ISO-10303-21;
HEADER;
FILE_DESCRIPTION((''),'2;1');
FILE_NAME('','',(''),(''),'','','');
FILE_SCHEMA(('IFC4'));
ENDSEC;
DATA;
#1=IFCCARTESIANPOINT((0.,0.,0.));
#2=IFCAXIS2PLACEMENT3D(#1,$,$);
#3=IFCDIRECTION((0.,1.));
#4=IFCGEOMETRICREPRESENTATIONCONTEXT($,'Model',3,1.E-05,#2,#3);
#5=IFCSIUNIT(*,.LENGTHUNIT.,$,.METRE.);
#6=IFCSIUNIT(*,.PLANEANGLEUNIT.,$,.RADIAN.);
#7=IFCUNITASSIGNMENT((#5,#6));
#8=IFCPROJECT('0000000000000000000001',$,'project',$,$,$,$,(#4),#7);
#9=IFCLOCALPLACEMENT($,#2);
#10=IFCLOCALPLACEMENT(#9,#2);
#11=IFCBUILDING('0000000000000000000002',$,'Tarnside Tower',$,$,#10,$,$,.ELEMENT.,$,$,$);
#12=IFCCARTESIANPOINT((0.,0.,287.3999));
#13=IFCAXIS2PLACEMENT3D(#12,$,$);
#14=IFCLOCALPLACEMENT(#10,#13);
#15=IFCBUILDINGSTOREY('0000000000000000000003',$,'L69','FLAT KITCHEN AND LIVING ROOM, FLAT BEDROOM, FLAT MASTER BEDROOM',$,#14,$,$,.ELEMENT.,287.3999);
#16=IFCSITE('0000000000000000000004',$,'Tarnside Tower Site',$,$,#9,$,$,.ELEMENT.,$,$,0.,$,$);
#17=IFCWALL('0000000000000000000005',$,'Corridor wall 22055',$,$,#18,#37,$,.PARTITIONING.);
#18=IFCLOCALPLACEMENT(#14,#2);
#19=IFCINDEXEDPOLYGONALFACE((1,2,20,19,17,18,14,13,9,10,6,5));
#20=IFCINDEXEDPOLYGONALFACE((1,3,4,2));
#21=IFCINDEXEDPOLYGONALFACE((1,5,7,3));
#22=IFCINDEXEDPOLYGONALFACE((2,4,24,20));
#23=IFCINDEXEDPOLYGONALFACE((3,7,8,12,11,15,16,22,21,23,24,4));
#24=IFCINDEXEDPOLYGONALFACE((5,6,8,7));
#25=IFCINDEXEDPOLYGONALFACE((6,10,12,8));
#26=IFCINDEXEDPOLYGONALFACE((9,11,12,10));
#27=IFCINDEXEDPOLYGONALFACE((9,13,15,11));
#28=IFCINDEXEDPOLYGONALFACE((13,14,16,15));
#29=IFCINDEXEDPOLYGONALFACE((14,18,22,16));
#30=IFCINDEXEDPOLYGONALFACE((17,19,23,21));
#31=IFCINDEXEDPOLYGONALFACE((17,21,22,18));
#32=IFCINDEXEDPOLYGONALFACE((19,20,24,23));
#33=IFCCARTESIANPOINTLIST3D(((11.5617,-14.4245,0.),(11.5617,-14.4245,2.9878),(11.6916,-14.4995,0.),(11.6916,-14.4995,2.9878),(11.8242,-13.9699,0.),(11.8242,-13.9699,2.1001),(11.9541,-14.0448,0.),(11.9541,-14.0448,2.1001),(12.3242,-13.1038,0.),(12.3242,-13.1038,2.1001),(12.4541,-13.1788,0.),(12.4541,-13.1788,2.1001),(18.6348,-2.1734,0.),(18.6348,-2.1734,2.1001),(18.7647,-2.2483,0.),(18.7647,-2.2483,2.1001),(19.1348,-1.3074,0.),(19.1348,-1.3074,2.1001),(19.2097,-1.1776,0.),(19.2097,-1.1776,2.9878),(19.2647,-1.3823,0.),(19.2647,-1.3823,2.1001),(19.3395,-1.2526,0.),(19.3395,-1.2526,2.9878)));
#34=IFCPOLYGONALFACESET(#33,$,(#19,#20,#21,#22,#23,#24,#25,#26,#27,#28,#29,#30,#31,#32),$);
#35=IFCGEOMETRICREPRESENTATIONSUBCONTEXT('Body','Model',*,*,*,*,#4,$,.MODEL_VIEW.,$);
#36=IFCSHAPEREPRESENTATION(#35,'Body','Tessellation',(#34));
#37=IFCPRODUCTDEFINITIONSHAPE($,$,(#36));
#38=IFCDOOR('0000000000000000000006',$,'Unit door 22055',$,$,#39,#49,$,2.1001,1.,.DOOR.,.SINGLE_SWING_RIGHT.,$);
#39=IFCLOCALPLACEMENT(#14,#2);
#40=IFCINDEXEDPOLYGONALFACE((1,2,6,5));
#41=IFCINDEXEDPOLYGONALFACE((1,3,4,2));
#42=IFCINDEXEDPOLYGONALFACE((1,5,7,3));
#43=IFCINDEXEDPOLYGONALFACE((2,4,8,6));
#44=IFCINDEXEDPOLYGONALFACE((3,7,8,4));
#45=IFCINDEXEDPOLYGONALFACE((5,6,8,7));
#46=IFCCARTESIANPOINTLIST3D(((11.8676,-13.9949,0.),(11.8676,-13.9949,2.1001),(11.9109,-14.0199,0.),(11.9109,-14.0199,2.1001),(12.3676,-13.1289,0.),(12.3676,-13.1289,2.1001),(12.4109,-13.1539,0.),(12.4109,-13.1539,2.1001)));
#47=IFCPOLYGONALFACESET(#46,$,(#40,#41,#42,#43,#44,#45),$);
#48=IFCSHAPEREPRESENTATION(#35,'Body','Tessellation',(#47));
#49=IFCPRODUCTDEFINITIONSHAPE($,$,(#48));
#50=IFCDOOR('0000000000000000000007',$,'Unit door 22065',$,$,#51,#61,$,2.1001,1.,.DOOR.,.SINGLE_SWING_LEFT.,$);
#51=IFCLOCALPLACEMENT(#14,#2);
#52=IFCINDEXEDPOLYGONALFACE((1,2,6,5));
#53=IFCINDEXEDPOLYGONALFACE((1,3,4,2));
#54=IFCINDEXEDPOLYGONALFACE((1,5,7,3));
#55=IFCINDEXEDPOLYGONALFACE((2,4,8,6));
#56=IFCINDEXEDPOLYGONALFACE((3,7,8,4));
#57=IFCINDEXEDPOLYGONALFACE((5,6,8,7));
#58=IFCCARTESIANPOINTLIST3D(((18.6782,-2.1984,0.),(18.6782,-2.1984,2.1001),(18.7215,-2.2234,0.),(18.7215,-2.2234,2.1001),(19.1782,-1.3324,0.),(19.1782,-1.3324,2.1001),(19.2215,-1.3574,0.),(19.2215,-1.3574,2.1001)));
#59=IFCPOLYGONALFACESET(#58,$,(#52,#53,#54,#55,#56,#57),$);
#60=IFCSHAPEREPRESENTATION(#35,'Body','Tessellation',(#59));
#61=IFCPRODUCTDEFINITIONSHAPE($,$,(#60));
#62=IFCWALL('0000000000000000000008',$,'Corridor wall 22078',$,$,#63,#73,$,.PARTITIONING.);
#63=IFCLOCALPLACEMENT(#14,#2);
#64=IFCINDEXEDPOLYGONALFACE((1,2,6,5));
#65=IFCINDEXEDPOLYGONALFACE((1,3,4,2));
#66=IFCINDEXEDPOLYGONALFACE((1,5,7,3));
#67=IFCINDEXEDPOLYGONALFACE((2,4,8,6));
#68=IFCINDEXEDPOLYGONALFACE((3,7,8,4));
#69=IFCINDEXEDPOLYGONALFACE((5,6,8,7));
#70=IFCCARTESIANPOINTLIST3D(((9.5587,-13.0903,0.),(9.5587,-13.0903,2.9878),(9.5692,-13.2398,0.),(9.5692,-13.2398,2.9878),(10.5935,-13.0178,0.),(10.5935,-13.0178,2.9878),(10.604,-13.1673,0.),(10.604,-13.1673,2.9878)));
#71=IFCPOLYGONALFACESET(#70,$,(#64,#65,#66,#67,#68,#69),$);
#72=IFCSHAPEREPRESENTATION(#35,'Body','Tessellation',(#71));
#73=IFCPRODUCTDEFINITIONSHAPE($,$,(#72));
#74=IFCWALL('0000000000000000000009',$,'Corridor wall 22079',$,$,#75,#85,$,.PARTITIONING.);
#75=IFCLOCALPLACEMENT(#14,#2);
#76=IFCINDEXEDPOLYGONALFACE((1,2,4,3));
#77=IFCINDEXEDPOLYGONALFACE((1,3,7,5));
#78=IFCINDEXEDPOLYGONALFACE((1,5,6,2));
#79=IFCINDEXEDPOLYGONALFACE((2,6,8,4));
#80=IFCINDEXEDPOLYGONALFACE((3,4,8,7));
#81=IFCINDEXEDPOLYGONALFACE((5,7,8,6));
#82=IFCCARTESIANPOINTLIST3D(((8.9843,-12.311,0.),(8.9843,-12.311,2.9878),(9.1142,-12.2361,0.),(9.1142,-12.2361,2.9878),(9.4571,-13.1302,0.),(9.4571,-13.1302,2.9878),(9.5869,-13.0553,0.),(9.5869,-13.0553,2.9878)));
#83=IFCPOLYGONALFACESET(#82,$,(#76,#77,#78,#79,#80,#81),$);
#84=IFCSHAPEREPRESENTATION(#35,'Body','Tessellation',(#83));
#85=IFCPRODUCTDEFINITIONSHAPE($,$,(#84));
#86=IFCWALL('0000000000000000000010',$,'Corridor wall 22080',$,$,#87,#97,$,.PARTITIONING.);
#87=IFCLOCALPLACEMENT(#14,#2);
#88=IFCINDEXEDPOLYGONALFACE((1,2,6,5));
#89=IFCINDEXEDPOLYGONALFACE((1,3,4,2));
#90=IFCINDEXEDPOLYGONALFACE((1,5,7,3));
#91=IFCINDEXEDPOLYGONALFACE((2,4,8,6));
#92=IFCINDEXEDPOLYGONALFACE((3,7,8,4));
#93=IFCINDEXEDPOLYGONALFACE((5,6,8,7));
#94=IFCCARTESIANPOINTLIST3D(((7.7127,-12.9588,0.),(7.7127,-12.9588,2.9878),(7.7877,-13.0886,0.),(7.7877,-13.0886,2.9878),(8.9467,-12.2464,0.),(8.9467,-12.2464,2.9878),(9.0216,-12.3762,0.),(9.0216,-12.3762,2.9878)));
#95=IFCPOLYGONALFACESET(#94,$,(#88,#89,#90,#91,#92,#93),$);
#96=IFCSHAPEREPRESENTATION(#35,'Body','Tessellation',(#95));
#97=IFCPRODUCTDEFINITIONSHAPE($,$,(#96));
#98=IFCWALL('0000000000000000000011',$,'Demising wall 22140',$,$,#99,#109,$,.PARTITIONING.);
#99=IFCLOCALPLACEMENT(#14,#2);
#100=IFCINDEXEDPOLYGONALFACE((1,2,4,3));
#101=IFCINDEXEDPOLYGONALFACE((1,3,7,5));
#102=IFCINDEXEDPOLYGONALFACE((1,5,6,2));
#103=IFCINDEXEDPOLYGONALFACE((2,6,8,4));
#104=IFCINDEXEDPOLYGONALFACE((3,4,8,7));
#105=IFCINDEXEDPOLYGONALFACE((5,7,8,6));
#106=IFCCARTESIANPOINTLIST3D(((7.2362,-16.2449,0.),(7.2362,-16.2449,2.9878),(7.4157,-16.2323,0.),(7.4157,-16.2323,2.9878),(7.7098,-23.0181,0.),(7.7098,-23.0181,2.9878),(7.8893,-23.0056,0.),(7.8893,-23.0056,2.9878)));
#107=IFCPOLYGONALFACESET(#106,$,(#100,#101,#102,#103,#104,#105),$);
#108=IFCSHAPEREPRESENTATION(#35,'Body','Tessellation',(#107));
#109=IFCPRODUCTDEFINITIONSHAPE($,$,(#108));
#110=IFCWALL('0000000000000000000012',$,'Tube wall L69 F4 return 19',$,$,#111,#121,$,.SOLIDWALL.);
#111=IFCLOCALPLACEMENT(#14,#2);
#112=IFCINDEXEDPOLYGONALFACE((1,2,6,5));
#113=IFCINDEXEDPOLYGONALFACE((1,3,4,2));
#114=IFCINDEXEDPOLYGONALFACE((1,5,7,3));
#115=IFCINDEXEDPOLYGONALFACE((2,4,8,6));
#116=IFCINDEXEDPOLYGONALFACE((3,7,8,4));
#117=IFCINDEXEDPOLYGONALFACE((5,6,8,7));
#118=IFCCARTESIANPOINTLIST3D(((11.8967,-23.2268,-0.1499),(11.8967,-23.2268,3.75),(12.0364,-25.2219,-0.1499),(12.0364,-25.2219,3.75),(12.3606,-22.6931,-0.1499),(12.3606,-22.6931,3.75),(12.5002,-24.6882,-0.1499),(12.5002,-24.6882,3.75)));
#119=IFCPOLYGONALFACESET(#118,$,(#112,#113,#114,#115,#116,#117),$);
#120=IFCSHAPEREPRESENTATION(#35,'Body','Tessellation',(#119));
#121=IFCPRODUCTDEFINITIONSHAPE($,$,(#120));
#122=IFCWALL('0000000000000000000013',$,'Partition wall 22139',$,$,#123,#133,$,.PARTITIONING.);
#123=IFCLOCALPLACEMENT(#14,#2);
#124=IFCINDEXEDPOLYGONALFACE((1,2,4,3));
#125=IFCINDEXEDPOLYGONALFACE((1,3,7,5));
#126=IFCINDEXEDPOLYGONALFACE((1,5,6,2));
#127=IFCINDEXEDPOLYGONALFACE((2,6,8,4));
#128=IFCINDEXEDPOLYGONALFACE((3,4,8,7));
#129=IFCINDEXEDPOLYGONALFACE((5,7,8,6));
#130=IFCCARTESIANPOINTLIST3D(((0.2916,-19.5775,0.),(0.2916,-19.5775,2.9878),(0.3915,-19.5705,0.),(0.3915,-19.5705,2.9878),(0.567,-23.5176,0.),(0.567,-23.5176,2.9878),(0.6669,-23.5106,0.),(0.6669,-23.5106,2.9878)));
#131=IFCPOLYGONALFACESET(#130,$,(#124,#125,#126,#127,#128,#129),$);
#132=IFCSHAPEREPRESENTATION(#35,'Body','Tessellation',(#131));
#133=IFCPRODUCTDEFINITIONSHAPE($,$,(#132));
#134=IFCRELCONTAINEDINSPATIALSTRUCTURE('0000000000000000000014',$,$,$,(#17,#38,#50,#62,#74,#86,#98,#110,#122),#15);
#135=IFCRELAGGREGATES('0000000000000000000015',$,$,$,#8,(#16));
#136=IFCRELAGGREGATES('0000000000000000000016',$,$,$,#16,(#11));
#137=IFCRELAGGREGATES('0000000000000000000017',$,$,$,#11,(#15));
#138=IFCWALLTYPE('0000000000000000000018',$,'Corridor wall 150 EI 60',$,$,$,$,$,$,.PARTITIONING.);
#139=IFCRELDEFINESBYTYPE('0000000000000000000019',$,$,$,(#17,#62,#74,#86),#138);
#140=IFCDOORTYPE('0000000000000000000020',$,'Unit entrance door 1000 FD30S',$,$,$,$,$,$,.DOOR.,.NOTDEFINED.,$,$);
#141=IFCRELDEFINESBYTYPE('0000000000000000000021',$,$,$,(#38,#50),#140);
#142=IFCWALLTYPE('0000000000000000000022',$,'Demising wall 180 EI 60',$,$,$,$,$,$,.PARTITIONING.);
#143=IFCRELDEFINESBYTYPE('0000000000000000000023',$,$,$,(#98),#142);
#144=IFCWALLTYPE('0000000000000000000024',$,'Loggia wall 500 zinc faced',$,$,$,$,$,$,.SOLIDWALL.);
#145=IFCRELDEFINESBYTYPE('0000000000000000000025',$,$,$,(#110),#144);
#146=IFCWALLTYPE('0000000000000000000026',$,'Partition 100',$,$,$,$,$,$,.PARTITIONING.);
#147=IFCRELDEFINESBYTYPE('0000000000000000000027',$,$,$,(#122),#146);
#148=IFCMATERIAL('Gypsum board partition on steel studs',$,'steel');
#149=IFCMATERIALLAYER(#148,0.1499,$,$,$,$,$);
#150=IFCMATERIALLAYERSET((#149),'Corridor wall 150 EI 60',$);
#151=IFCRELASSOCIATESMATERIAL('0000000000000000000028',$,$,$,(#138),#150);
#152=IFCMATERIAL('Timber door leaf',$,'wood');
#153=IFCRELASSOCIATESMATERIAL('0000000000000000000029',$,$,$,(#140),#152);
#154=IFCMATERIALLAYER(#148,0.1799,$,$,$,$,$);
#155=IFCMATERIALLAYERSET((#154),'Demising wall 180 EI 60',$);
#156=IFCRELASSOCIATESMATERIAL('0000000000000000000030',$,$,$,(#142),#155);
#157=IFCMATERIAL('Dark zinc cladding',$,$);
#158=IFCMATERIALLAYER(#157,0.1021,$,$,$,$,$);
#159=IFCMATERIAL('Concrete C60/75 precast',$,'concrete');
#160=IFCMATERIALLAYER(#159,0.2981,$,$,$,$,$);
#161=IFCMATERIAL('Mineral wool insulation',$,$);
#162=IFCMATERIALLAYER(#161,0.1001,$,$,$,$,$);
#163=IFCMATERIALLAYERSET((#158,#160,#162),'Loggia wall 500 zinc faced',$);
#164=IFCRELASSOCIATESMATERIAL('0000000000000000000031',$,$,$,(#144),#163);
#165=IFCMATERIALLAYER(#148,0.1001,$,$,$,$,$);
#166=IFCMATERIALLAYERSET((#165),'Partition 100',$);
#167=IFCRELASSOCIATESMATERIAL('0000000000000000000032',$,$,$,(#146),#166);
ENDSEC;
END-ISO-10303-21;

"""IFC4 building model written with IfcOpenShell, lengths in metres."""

from ifc_helpers import new_model, si_unit, direction, frame, frame_2d, origin, place, context, subcontext, project, spatial, polyline, rectangle, outline, extrude, material, layer, layer_set, type_object, element, fill, save


model = new_model("IFC4")

# Units and contexts
model_context = context("Model", 3, precision=1e-05, world=origin(), true_north=direction((0.0, 1.0)))
body_context = subcontext(model_context, "Body", "Model", "MODEL_VIEW")
ifc_project = project(units=[si_unit("LENGTHUNIT", "METRE"), si_unit("PLANEANGLEUNIT", "RADIAN")], contexts=[model_context])

# Site, building, storey
site_placement = place(None, origin())
site = spatial("IfcSite", under=ifc_project, at=site_placement, Name="Tarnside Tower Site", CompositionType="ELEMENT", RefElevation=0.0)
building_placement = place(site_placement, origin())
building = spatial("IfcBuilding", under=site, at=building_placement, Name="Tarnside Tower", CompositionType="ELEMENT")
storey_placement = place(building_placement, frame((0.0, 0.0, 287.3999)))
storey = spatial("IfcBuildingStorey", under=building, at=storey_placement, Name="L69", Description="FLAT KITCHEN AND LIVING ROOM, FLAT BEDROOM, FLAT MASTER BEDROOM", CompositionType="ELEMENT", Elevation=287.3999)

# Shared definitions
ifc_material_1 = material(Name="Gypsum board partition on steel studs", Category="steel")
ifc_layer_1 = layer(ifc_material_1, 0.1499)
ifc_layer_set_1 = layer_set([ifc_layer_1], Name="Corridor wall 150 EI 60")
wall_type_1 = type_object("IfcWallType", Name="Corridor wall 150 EI 60", PredefinedType="PARTITIONING", material=ifc_layer_set_1)
ifc_material_2 = material(Name="Timber door leaf", Category="wood")
door_type_1 = type_object("IfcDoorType", Name="Unit entrance door 1000 FD30S", OperationType="NOTDEFINED", PredefinedType="DOOR", material=ifc_material_2)

# Wall, openings, doors
wall_1_placement = place(storey_placement, frame((11.6267, -14.4619, 0.0), z_axis=(0.0, 0.0, 1.0), x_axis=(0.499995, 0.866029, 0.0)))
wall_1 = element("IfcWall", 1, at=wall_1_placement, inside=storey, type_object=wall_type_1, Name="Corridor wall 22055", PredefinedType="PARTITIONING", context=body_context, shape_type="SweptSolid", body=[
    extrude(rectangle(XDim=15.2961, YDim=0.1499, at=frame_2d((7.6479, 0.0))), origin(), (0.0, 0.0, 1.0), 2.9878),
])
opening_1_placement = place(wall_1_placement, frame((0.5249, 0.0, 0.0)))
opening_1 = element("IfcOpeningElement", 2, at=opening_1_placement, cuts=wall_1, PredefinedType="OPENING", context=body_context, shape_type="SweptSolid", body=[
    extrude(rectangle(XDim=1.0, YDim=2.1001, at=frame_2d((0.5, 1.05))), frame((0.0, 0.085, 0.0), z_axis=(0.0, -1.0, 0.0), x_axis=(1.0, 0.0, 0.0)), (0.0, 0.0, 1.0), 0.1699),
])
opening_2_placement = place(wall_1_placement, frame((14.1462, 0.0, 0.0)))
opening_2 = element("IfcOpeningElement", 3, at=opening_2_placement, cuts=wall_1, PredefinedType="OPENING", context=body_context, shape_type="SweptSolid", body=[
    extrude(rectangle(XDim=1.0, YDim=2.1001, at=frame_2d((0.5, 1.05))), frame((0.0, 0.085, 0.0), z_axis=(0.0, -1.0, 0.0), x_axis=(1.0, 0.0, 0.0)), (0.0, 0.0, 1.0), 0.1699),
])
door_1_placement = place(opening_1_placement, origin())
door_1 = element("IfcDoor", 4, at=door_1_placement, inside=storey, type_object=door_type_1, Name="Unit door 22055", OperationType="SINGLE_SWING_RIGHT", OverallHeight=2.1001, OverallWidth=1.0, PredefinedType="DOOR", context=body_context, shape_type="SweptSolid", body=[
    extrude(rectangle(XDim=1.0, YDim=2.1001, at=frame_2d((0.5, 1.05))), frame((0.0, 0.0249, 0.0), z_axis=(0.0, -1.0, 0.0), x_axis=(1.0, 0.0, 0.0)), (0.0, 0.0, 1.0), 0.05),
])
fill(opening_1, door_1)
door_2_placement = place(opening_2_placement, origin())
door_2 = element("IfcDoor", 5, at=door_2_placement, inside=storey, type_object=door_type_1, Name="Unit door 22065", OperationType="SINGLE_SWING_LEFT", OverallHeight=2.1001, OverallWidth=1.0, PredefinedType="DOOR", context=body_context, shape_type="SweptSolid", body=[
    extrude(rectangle(XDim=1.0, YDim=2.1001, at=frame_2d((0.5, 1.05))), frame((0.0, 0.0249, 0.0), z_axis=(0.0, -1.0, 0.0), x_axis=(1.0, 0.0, 0.0)), (0.0, 0.0, 1.0), 0.05),
])
fill(opening_2, door_2)

# Walls
wall_2_placement = place(storey_placement, frame((10.5986, -13.0925, 0.0), z_axis=(0.0, 0.0, 1.0), x_axis=(-0.997555, -0.069892, 0.0)))
element("IfcWall", 6, at=wall_2_placement, inside=storey, type_object=wall_type_1, Name="Corridor wall 22078", PredefinedType="PARTITIONING", context=body_context, shape_type="SweptSolid", body=[
    extrude(rectangle(XDim=1.0374, YDim=0.1499, at=frame_2d((0.5186, 0.0))), origin(), (0.0, 0.0, 1.0), 2.9878),
])
wall_3_placement = place(storey_placement, frame((9.522, -13.0928, 0.0), z_axis=(0.0, 0.0, 1.0), x_axis=(-0.499804, 0.866138, 0.0)))
element("IfcWall", 7, at=wall_3_placement, inside=storey, type_object=wall_type_1, Name="Corridor wall 22079", PredefinedType="PARTITIONING", context=body_context, shape_type="SweptSolid", body=[
    extrude(rectangle(XDim=0.9458, YDim=0.1499, at=frame_2d((0.4729, 0.0))), origin(), (0.0, 0.0, 1.0), 2.9878),
])
wall_4_placement = place(storey_placement, frame((8.9841, -12.3113, 0.0), z_axis=(0.0, 0.0, 1.0), x_axis=(-0.86602, -0.500009, 0.0)))
element("IfcWall", 8, at=wall_4_placement, inside=storey, type_object=wall_type_1, Name="Corridor wall 22080", PredefinedType="PARTITIONING", context=body_context, shape_type="SweptSolid", body=[
    extrude(rectangle(XDim=1.4248, YDim=0.1499, at=frame_2d((0.7124, 0.0))), origin(), (0.0, 0.0, 1.0), 2.9878),
])
ifc_layer_2 = layer(ifc_material_1, 0.1799)
ifc_layer_set_2 = layer_set([ifc_layer_2], Name="Demising wall 180 EI 60")
wall_type_2 = type_object("IfcWallType", Name="Demising wall 180 EI 60", PredefinedType="PARTITIONING", material=ifc_layer_set_2)
wall_5_placement = place(storey_placement, frame((7.7996, -23.012, 0.0), z_axis=(0.0, 0.0, 1.0), x_axis=(-0.069757, 0.997564, 0.0)))
element("IfcWall", 9, at=wall_5_placement, inside=storey, type_object=wall_type_2, Name="Demising wall 22140", PredefinedType="PARTITIONING", context=body_context, shape_type="SweptSolid", body=[
    extrude(rectangle(XDim=6.7898, YDim=0.1799, at=frame_2d((3.395, 0.0))), origin(), (0.0, 0.0, 1.0), 2.9878),
])
ifc_material_3 = material(Name="Dark zinc cladding")
ifc_layer_3 = layer(ifc_material_3, 0.1021)
ifc_material_4 = material(Name="Concrete C60/75 precast", Category="concrete")
ifc_layer_4 = layer(ifc_material_4, 0.2981)
ifc_material_5 = material(Name="Mineral wool insulation")
ifc_layer_5 = layer(ifc_material_5, 0.1001)
ifc_layer_set_3 = layer_set([ifc_layer_3, ifc_layer_4, ifc_layer_5], Name="Loggia wall 500 zinc faced")
wall_type_3 = type_object("IfcWallType", Name="Loggia wall 500 zinc faced", PredefinedType="SOLIDWALL", material=ifc_layer_set_3)
wall_6_placement = place(storey_placement, frame((12.1287, -22.96, -0.1499), z_axis=(0.0, 0.0, 1.0), x_axis=(0.069824, -0.997559, 0.0)))
element("IfcWall", 10, at=wall_6_placement, inside=storey, type_object=wall_type_3, Name="Tube wall L69 F4 return 19", PredefinedType="SOLIDWALL", context=body_context, shape_type="SweptSolid", body=[
    extrude(outline(polyline([(0.25, -0.25), (2.25, -0.25), (1.75, 0.25), (-0.25, 0.25), (0.25, -0.25)])), origin(), (0.0, 0.0, 1.0), 3.8999),
])
ifc_layer_6 = layer(ifc_material_1, 0.1001)
ifc_layer_set_4 = layer_set([ifc_layer_6], Name="Partition 100")
wall_type_4 = type_object("IfcWallType", Name="Partition 100", PredefinedType="PARTITIONING", material=ifc_layer_set_4)
wall_7_placement = place(storey_placement, frame((0.3416, -19.574, 0.0), z_axis=(0.0, 0.0, 1.0), x_axis=(0.069723, -0.997566, 0.0)))
element("IfcWall", 11, at=wall_7_placement, inside=storey, type_object=wall_type_4, Name="Partition wall 22139", PredefinedType="PARTITIONING", context=body_context, shape_type="SweptSolid", body=[
    extrude(rectangle(XDim=3.9497, YDim=0.1001, at=frame_2d((1.9749, 0.0))), origin(), (0.0, 0.0, 1.0), 2.9878),
])

save(model, "model.ifc")
